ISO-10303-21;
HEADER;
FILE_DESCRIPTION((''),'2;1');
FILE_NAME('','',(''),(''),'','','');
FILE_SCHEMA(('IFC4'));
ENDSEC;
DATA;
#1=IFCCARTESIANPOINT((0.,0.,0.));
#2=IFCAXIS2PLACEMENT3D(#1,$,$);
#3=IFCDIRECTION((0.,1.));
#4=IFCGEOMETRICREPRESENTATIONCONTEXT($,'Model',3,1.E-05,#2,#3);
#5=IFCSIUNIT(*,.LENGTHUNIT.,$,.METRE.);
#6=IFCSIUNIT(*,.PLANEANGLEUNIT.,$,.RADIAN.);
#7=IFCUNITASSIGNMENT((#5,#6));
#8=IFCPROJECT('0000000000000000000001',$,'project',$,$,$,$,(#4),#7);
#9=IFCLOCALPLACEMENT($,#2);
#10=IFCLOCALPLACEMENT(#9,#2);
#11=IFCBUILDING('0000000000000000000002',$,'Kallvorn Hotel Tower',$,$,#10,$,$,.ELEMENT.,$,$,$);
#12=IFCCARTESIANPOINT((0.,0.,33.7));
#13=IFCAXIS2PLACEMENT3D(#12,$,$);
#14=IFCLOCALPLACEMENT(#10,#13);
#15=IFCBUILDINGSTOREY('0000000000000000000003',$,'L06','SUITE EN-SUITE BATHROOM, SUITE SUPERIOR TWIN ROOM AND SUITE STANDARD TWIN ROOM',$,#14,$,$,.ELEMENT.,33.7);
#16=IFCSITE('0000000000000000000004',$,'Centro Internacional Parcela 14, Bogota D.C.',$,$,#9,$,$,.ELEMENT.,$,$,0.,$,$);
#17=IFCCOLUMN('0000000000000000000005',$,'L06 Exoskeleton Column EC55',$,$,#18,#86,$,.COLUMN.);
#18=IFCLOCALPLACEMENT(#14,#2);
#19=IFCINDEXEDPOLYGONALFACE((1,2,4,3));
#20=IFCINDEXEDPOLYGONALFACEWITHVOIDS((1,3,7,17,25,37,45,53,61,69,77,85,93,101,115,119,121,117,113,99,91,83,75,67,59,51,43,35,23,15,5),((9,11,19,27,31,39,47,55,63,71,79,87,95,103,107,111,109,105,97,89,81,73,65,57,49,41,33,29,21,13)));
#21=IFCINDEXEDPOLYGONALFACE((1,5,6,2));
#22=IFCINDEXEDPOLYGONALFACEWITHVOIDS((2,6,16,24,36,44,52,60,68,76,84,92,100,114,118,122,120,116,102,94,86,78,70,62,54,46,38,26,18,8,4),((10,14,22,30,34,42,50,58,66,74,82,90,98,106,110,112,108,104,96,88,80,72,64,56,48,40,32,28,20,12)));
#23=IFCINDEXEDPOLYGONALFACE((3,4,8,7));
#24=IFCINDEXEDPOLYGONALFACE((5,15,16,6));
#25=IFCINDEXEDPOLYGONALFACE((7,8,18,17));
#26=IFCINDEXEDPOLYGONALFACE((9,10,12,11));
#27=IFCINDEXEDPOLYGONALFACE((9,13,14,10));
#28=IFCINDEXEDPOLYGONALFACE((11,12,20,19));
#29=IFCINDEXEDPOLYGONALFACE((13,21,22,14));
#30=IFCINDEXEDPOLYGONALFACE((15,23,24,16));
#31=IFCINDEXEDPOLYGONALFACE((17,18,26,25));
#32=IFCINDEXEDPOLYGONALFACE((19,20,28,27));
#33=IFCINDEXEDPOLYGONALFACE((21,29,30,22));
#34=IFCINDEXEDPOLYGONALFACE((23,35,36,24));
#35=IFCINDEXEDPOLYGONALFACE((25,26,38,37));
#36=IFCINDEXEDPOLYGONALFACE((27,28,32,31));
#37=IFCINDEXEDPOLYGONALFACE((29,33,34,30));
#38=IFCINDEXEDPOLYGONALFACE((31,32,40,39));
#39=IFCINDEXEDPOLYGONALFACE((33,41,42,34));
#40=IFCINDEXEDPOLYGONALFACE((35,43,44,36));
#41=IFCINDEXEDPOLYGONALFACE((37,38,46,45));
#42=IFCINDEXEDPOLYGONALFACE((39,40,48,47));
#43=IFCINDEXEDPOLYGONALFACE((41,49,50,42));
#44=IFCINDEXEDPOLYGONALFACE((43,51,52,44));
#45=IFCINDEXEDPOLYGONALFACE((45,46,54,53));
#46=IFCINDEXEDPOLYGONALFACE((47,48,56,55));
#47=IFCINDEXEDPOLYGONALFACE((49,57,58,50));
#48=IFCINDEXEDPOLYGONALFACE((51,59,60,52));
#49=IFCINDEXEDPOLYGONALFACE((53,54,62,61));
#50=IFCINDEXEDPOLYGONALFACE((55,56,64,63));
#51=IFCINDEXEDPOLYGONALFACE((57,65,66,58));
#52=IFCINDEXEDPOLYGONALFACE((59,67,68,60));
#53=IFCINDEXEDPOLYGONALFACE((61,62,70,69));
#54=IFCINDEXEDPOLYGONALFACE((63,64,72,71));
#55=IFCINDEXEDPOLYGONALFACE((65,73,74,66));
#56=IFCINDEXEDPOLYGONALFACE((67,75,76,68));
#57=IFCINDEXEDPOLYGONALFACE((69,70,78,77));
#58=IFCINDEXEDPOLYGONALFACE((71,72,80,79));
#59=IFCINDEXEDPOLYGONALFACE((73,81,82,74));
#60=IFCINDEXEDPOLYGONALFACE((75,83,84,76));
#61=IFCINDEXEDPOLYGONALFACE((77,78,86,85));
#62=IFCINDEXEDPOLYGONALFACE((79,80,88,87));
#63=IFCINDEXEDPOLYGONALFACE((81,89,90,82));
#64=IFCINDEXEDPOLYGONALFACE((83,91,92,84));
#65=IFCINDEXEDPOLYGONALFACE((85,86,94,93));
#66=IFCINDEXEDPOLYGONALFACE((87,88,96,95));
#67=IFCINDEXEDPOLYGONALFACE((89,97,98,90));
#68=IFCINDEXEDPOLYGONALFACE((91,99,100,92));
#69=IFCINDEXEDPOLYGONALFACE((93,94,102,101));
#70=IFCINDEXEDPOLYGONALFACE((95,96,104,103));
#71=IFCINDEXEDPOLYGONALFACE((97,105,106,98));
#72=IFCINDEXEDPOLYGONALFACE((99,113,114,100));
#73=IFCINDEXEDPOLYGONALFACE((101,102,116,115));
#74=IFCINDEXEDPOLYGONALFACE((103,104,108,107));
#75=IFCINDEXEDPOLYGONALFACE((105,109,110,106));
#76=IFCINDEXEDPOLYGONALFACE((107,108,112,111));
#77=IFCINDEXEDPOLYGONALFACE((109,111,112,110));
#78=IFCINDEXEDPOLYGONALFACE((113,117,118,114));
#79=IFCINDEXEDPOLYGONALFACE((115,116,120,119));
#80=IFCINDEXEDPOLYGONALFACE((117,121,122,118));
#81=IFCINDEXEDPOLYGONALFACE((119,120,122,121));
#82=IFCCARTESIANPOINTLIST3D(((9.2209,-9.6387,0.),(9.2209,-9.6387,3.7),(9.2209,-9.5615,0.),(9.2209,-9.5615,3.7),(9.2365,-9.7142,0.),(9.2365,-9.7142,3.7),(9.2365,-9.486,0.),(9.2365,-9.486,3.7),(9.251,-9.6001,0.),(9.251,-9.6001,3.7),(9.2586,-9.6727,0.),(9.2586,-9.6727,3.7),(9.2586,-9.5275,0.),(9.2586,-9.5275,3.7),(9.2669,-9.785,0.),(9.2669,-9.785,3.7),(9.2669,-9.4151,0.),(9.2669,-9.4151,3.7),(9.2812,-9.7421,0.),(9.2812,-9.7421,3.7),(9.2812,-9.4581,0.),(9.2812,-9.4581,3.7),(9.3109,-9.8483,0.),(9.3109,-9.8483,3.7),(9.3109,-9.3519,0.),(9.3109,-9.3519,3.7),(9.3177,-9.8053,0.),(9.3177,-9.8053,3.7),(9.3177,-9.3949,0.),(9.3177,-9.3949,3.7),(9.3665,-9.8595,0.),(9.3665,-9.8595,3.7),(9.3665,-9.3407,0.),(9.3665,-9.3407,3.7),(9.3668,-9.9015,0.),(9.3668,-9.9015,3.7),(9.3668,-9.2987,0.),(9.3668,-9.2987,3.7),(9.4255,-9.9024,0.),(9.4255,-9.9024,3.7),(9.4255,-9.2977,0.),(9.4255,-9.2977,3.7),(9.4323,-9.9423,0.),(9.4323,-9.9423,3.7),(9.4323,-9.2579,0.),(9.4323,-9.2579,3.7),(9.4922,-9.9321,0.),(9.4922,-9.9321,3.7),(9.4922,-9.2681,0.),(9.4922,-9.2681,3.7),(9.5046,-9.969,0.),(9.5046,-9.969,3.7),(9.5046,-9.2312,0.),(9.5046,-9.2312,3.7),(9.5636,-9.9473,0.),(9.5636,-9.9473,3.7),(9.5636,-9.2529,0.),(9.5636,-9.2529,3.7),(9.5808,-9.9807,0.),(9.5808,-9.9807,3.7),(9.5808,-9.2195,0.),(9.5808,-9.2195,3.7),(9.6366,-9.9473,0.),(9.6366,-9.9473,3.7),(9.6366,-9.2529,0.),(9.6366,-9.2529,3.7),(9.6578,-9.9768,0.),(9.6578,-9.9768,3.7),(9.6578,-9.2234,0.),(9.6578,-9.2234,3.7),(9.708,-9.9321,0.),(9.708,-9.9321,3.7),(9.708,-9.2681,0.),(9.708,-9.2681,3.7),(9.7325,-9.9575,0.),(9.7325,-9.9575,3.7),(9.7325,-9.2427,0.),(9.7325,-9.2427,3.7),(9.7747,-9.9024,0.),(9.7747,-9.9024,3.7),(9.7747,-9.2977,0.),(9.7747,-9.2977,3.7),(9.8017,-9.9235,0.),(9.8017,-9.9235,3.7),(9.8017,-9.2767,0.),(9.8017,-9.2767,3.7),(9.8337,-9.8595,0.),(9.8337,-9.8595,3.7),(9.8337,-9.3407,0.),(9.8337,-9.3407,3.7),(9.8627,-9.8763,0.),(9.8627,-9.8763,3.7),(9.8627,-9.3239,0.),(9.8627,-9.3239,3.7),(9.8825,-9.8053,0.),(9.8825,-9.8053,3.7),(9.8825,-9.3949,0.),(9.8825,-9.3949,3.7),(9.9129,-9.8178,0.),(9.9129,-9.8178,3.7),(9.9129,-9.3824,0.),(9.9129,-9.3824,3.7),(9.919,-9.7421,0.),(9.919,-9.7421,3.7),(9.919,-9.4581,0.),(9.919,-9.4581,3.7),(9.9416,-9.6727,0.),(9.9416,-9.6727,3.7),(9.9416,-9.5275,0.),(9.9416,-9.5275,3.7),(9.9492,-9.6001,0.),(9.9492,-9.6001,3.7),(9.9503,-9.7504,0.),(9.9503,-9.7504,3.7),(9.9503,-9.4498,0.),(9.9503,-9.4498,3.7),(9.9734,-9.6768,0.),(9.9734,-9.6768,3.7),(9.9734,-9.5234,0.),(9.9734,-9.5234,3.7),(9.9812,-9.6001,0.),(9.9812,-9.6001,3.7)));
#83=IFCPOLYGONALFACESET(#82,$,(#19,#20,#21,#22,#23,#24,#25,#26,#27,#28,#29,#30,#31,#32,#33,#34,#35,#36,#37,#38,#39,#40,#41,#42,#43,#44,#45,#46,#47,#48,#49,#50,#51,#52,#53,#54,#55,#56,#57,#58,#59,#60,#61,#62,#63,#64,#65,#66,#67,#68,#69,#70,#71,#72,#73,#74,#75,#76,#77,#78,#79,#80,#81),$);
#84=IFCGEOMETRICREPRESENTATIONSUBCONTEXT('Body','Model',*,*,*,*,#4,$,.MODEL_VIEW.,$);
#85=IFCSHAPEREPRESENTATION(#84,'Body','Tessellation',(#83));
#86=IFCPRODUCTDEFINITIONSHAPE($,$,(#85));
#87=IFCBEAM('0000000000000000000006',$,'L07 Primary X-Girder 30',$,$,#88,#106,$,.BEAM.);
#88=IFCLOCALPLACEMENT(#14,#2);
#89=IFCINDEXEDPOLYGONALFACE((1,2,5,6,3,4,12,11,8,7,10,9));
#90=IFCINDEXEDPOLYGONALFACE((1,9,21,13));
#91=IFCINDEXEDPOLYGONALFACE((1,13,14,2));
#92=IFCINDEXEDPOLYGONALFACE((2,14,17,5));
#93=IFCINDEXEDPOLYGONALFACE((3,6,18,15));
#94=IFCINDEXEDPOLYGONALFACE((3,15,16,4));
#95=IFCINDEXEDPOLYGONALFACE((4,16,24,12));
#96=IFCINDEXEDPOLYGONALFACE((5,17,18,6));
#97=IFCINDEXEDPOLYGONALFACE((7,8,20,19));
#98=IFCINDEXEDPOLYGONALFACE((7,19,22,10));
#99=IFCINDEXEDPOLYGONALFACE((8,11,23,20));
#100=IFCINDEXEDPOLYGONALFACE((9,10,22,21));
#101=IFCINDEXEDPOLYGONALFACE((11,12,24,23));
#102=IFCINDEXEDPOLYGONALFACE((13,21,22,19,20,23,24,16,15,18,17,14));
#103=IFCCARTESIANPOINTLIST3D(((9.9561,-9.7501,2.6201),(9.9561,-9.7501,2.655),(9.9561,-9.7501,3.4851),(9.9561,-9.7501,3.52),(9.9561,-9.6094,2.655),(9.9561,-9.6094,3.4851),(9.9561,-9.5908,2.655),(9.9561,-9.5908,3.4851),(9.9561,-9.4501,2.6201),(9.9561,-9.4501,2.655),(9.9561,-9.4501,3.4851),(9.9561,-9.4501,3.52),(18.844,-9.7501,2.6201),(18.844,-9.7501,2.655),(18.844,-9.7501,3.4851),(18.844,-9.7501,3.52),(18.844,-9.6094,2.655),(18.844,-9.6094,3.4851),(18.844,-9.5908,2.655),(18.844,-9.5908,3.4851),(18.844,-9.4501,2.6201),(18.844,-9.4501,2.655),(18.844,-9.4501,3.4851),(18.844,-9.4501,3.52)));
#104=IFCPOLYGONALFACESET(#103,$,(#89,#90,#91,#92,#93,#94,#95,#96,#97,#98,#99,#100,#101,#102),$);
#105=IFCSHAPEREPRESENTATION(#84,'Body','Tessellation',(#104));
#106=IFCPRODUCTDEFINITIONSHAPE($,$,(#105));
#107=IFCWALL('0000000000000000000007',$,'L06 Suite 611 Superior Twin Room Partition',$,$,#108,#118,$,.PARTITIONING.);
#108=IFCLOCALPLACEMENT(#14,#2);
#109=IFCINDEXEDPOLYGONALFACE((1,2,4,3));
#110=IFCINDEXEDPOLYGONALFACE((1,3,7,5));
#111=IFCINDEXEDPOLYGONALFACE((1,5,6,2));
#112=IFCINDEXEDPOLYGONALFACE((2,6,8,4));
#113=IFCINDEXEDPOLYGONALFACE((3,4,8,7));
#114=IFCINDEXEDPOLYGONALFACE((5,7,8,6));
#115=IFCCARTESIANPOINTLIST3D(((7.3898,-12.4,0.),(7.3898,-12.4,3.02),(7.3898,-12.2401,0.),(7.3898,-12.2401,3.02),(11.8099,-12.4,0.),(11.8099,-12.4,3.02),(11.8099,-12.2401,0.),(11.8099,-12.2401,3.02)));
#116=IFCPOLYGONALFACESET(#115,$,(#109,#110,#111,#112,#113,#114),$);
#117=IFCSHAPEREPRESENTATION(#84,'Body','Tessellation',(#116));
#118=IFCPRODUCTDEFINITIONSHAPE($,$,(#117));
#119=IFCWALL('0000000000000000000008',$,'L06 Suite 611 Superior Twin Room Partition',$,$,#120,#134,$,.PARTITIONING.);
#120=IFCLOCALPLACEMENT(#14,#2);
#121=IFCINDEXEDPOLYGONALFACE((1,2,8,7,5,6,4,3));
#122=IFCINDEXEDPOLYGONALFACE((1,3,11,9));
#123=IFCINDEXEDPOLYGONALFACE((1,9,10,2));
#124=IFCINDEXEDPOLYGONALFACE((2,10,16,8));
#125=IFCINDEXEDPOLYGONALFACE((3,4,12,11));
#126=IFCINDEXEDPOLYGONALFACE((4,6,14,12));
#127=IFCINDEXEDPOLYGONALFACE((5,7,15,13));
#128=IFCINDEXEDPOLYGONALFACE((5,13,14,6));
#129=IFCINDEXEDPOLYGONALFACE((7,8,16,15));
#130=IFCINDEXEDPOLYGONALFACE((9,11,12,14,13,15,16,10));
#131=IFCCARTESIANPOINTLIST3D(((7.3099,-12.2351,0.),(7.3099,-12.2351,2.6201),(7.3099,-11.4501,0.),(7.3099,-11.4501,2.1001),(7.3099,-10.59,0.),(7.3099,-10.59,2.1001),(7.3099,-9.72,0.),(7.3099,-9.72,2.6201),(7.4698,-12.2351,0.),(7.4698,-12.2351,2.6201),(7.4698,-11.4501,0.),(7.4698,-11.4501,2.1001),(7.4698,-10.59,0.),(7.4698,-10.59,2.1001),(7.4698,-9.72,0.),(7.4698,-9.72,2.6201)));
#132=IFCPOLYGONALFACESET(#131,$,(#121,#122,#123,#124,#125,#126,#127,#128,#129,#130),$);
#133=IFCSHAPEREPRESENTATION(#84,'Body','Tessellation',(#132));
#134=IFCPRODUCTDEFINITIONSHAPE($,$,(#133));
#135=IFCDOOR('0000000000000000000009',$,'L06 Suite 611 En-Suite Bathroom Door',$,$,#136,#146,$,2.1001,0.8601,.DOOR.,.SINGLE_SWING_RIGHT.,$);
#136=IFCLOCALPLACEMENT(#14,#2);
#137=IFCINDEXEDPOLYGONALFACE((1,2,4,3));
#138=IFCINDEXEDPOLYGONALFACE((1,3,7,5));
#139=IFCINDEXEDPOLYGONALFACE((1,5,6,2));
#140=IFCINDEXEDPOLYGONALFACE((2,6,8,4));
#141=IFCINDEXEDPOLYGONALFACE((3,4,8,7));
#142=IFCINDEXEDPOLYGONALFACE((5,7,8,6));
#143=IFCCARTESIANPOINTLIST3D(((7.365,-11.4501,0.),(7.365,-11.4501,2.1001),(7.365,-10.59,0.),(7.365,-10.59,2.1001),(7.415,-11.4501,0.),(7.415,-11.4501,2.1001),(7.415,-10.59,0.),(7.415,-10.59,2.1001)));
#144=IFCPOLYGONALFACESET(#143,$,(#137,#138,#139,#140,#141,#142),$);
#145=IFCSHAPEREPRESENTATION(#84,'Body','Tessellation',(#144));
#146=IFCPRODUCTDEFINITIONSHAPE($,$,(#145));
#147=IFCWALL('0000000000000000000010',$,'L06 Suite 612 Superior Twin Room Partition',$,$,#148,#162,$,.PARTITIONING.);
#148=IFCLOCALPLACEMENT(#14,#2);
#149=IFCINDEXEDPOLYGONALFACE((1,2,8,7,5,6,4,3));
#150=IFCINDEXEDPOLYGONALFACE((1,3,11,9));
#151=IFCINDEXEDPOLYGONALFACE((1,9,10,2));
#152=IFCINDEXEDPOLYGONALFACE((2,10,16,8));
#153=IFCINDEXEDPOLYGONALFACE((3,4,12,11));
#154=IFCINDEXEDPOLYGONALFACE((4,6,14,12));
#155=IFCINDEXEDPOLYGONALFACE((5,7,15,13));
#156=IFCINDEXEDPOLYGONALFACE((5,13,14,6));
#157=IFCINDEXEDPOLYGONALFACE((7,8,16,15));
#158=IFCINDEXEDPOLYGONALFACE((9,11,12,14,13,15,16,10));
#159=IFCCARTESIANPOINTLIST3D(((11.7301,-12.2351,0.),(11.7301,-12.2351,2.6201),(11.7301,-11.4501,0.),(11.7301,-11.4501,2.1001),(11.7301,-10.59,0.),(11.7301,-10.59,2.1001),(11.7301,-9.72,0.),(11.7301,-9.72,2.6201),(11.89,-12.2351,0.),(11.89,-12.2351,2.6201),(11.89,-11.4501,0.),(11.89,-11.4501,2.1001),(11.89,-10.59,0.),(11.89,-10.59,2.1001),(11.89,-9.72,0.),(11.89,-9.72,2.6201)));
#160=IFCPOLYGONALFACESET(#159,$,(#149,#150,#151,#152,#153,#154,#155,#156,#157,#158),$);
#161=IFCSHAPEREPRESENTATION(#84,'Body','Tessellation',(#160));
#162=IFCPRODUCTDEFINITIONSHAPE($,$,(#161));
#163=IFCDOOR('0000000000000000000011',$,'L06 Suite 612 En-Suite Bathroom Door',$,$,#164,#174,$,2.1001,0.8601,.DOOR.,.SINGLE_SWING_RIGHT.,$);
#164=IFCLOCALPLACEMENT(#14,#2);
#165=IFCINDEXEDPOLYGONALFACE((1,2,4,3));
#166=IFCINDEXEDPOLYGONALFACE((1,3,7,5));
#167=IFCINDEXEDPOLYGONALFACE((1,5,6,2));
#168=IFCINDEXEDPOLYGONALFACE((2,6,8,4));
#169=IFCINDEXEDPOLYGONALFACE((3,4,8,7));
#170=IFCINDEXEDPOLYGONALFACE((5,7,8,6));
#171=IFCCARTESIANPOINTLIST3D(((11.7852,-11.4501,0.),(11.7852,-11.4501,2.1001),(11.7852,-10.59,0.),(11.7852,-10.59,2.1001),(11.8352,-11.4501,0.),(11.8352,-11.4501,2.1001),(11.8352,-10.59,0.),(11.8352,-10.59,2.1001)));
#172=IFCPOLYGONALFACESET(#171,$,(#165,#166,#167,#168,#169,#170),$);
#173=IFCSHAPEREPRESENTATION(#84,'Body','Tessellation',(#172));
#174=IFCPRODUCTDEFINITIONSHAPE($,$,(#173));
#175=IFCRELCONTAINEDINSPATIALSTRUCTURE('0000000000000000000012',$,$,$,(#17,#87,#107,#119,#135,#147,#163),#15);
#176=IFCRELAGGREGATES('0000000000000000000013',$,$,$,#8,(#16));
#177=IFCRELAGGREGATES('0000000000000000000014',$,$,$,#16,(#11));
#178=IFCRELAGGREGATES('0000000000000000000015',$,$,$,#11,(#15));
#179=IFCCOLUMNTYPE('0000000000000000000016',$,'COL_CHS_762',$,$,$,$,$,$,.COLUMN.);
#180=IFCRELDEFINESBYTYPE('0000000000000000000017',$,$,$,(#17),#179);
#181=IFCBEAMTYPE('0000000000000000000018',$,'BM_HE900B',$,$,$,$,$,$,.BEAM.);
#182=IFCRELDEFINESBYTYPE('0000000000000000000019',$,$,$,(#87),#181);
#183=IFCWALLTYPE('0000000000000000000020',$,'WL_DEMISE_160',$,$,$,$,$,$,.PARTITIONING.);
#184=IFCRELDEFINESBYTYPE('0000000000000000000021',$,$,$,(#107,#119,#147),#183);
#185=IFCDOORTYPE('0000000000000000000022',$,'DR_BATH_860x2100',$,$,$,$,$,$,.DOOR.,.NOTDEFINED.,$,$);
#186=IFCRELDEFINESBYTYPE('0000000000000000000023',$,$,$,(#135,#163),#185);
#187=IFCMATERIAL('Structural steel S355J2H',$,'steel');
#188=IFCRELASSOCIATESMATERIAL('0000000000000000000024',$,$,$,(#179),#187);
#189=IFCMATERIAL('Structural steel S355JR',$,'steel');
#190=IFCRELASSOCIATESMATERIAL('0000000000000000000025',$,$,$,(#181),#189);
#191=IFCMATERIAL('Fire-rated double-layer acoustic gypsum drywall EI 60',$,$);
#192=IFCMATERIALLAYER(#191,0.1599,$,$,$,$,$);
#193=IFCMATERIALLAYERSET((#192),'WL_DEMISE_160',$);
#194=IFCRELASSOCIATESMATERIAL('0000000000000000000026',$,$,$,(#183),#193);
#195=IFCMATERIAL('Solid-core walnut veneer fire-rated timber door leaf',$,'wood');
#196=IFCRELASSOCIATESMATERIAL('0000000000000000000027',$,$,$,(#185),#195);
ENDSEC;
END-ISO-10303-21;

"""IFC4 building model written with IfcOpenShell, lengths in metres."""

from ifc_helpers import new_model, si_unit, direction, frame, frame_2d, origin, origin_2d, place, context, subcontext, project, spatial, rectangle, hollow_circle, i_section, extrude, material, layer, layer_set, material_profile, profile_set, type_object, element, fill, save


model = new_model("IFC4")

# Units and contexts
model_context = context("Model", 3, precision=1e-05, world=origin(), true_north=direction((0.0, 1.0)))
body_context = subcontext(model_context, "Body", "Model", "MODEL_VIEW")
ifc_project = project(units=[si_unit("LENGTHUNIT", "METRE"), si_unit("PLANEANGLEUNIT", "RADIAN")], contexts=[model_context])

# Site, building, storey
site_placement = place(None, origin())
site = spatial("IfcSite", under=ifc_project, at=site_placement, Name="Centro Internacional Parcela 14, Bogota D.C.", CompositionType="ELEMENT", RefElevation=0.0)
building_placement = place(site_placement, origin())
building = spatial("IfcBuilding", under=site, at=building_placement, Name="Kallvorn Hotel Tower", CompositionType="ELEMENT")
storey_placement = place(building_placement, frame((0.0, 0.0, 33.7)))
storey = spatial("IfcBuildingStorey", under=building, at=storey_placement, Name="L06", Description="SUITE EN-SUITE BATHROOM, SUITE SUPERIOR TWIN ROOM AND SUITE STANDARD TWIN ROOM", CompositionType="ELEMENT", Elevation=33.7)

# Column
ifc_material_1 = material(Name="Structural steel S355J2H", Category="steel")
ifc_material_profile_1 = material_profile(ifc_material_1, hollow_circle(Radius=0.3811, WallThickness=0.032, at=origin_2d()), Name="CHS 762x32")
ifc_profile_set_1 = profile_set([ifc_material_profile_1], Name="Structural steel S355J2H")
column_type = type_object("IfcColumnType", Name="COL_CHS_762", PredefinedType="COLUMN", material=ifc_profile_set_1)
column_placement = place(storey_placement, frame((9.6001, -9.6001, 0.0), z_axis=(0.0, 0.0, 1.0), x_axis=(1.0, 0.0, 0.0)))
element("IfcColumn", 1, at=column_placement, inside=storey, type_object=column_type, Name="L06 Exoskeleton Column EC55", PredefinedType="COLUMN", context=body_context, shape_type="SweptSolid", body=[
    extrude(hollow_circle(Radius=0.3811, WallThickness=0.032, at=origin_2d()), origin(), (0.0, 0.0, 1.0), 3.7),
])

# Beam
ifc_material_2 = material(Name="Structural steel S355JR", Category="steel")
ifc_material_profile_2 = material_profile(ifc_material_2, i_section(OverallWidth=0.3, OverallDepth=0.8999, WebThickness=0.0186, FlangeThickness=0.0349, at=origin_2d()), Name="HE 900 B")
ifc_profile_set_2 = profile_set([ifc_material_profile_2], Name="Structural steel S355JR")
beam_type = type_object("IfcBeamType", Name="BM_HE900B", PredefinedType="BEAM", material=ifc_profile_set_2)
beam_placement = place(storey_placement, frame((9.9561, -9.6001, 3.0701), z_axis=(1.0, 0.0, 0.0), x_axis=(0.0, 1.0, 0.0)))
element("IfcBeam", 2, at=beam_placement, inside=storey, type_object=beam_type, Name="L07 Primary X-Girder 30", PredefinedType="BEAM", context=body_context, shape_type="SweptSolid", body=[
    extrude(i_section(OverallWidth=0.3, OverallDepth=0.8999, WebThickness=0.0186, FlangeThickness=0.0349, at=origin_2d()), origin(), (0.0, 0.0, 1.0), 8.8879),
])

# Wall
ifc_material_3 = material(Name="Fire-rated double-layer acoustic gypsum drywall EI 60")
ifc_layer_1 = layer(ifc_material_3, 0.1599)
ifc_layer_set_1 = layer_set([ifc_layer_1], Name="WL_DEMISE_160")
wall_type_1 = type_object("IfcWallType", Name="WL_DEMISE_160", PredefinedType="PARTITIONING", material=ifc_layer_set_1)
wall_1_placement = place(storey_placement, frame((7.3899, -12.3201, 0.0), z_axis=(0.0, 0.0, 1.0), x_axis=(1.0, 0.0, 0.0)))
element("IfcWall", 3, at=wall_1_placement, inside=storey, type_object=wall_type_1, Name="L06 Suite 611 Superior Twin Room Partition", PredefinedType="PARTITIONING", context=body_context, shape_type="SweptSolid", body=[
    extrude(rectangle(XDim=4.4202, YDim=0.1599, at=frame_2d((2.21, 0.0))), origin(), (0.0, 0.0, 1.0), 3.02),
])

# Walls, openings, doors
wall_2_placement = place(storey_placement, frame((7.3899, -12.2351, 0.0), z_axis=(0.0, 0.0, 1.0), x_axis=(0.0, 1.0, 0.0)))
wall_2 = element("IfcWall", 4, at=wall_2_placement, inside=storey, type_object=wall_type_1, Name="L06 Suite 611 Superior Twin Room Partition", PredefinedType="PARTITIONING", context=body_context, shape_type="SweptSolid", body=[
    extrude(rectangle(XDim=2.5151, YDim=0.1599, at=frame_2d((1.2576, 0.0))), origin(), (0.0, 0.0, 1.0), 2.6201),
])
opening_1_placement = place(wall_2_placement, frame((0.7849, 0.0, 0.0)))
opening_1 = element("IfcOpeningElement", 5, at=opening_1_placement, cuts=wall_2, PredefinedType="OPENING", context=body_context, shape_type="SweptSolid", body=[
    extrude(rectangle(XDim=0.8601, YDim=2.1001, at=frame_2d((0.4302, 1.05))), frame((0.0, 0.095, 0.0), z_axis=(0.0, -1.0, 0.0), x_axis=(1.0, 0.0, 0.0)), (0.0, 0.0, 1.0), 0.1899),
])
ifc_material_4 = material(Name="Solid-core walnut veneer fire-rated timber door leaf", Category="wood")
door_type_1 = type_object("IfcDoorType", Name="DR_BATH_860x2100", OperationType="NOTDEFINED", PredefinedType="DOOR", material=ifc_material_4)
door_1_placement = place(opening_1_placement, origin())
door_1 = element("IfcDoor", 6, at=door_1_placement, inside=storey, type_object=door_type_1, Name="L06 Suite 611 En-Suite Bathroom Door", OperationType="SINGLE_SWING_RIGHT", OverallHeight=2.1001, OverallWidth=0.8601, PredefinedType="DOOR", context=body_context, shape_type="SweptSolid", body=[
    extrude(rectangle(XDim=0.8601, YDim=2.1001, at=frame_2d((0.4302, 1.05))), frame((0.0, 0.0249, 0.0), z_axis=(0.0, -1.0, 0.0), x_axis=(1.0, 0.0, 0.0)), (0.0, 0.0, 1.0), 0.05),
])
fill(opening_1, door_1)
wall_3_placement = place(storey_placement, frame((11.8101, -12.2351, 0.0), z_axis=(0.0, 0.0, 1.0), x_axis=(0.0, 1.0, 0.0)))
wall_3 = element("IfcWall", 7, at=wall_3_placement, inside=storey, type_object=wall_type_1, Name="L06 Suite 612 Superior Twin Room Partition", PredefinedType="PARTITIONING", context=body_context, shape_type="SweptSolid", body=[
    extrude(rectangle(XDim=2.5151, YDim=0.1599, at=frame_2d((1.2576, 0.0))), origin(), (0.0, 0.0, 1.0), 2.6201),
])
opening_2_placement = place(wall_3_placement, frame((0.7849, 0.0, 0.0)))
opening_2 = element("IfcOpeningElement", 8, at=opening_2_placement, cuts=wall_3, PredefinedType="OPENING", context=body_context, shape_type="SweptSolid", body=[
    extrude(rectangle(XDim=0.8601, YDim=2.1001, at=frame_2d((0.4302, 1.05))), frame((0.0, 0.095, 0.0), z_axis=(0.0, -1.0, 0.0), x_axis=(1.0, 0.0, 0.0)), (0.0, 0.0, 1.0), 0.1899),
])
door_2_placement = place(opening_2_placement, origin())
door_2 = element("IfcDoor", 9, at=door_2_placement, inside=storey, type_object=door_type_1, Name="L06 Suite 612 En-Suite Bathroom Door", OperationType="SINGLE_SWING_RIGHT", OverallHeight=2.1001, OverallWidth=0.8601, PredefinedType="DOOR", context=body_context, shape_type="SweptSolid", body=[
    extrude(rectangle(XDim=0.8601, YDim=2.1001, at=frame_2d((0.4302, 1.05))), frame((0.0, 0.0249, 0.0), z_axis=(0.0, -1.0, 0.0), x_axis=(1.0, 0.0, 0.0)), (0.0, 0.0, 1.0), 0.05),
])
fill(opening_2, door_2)

save(model, "model.ifc")
